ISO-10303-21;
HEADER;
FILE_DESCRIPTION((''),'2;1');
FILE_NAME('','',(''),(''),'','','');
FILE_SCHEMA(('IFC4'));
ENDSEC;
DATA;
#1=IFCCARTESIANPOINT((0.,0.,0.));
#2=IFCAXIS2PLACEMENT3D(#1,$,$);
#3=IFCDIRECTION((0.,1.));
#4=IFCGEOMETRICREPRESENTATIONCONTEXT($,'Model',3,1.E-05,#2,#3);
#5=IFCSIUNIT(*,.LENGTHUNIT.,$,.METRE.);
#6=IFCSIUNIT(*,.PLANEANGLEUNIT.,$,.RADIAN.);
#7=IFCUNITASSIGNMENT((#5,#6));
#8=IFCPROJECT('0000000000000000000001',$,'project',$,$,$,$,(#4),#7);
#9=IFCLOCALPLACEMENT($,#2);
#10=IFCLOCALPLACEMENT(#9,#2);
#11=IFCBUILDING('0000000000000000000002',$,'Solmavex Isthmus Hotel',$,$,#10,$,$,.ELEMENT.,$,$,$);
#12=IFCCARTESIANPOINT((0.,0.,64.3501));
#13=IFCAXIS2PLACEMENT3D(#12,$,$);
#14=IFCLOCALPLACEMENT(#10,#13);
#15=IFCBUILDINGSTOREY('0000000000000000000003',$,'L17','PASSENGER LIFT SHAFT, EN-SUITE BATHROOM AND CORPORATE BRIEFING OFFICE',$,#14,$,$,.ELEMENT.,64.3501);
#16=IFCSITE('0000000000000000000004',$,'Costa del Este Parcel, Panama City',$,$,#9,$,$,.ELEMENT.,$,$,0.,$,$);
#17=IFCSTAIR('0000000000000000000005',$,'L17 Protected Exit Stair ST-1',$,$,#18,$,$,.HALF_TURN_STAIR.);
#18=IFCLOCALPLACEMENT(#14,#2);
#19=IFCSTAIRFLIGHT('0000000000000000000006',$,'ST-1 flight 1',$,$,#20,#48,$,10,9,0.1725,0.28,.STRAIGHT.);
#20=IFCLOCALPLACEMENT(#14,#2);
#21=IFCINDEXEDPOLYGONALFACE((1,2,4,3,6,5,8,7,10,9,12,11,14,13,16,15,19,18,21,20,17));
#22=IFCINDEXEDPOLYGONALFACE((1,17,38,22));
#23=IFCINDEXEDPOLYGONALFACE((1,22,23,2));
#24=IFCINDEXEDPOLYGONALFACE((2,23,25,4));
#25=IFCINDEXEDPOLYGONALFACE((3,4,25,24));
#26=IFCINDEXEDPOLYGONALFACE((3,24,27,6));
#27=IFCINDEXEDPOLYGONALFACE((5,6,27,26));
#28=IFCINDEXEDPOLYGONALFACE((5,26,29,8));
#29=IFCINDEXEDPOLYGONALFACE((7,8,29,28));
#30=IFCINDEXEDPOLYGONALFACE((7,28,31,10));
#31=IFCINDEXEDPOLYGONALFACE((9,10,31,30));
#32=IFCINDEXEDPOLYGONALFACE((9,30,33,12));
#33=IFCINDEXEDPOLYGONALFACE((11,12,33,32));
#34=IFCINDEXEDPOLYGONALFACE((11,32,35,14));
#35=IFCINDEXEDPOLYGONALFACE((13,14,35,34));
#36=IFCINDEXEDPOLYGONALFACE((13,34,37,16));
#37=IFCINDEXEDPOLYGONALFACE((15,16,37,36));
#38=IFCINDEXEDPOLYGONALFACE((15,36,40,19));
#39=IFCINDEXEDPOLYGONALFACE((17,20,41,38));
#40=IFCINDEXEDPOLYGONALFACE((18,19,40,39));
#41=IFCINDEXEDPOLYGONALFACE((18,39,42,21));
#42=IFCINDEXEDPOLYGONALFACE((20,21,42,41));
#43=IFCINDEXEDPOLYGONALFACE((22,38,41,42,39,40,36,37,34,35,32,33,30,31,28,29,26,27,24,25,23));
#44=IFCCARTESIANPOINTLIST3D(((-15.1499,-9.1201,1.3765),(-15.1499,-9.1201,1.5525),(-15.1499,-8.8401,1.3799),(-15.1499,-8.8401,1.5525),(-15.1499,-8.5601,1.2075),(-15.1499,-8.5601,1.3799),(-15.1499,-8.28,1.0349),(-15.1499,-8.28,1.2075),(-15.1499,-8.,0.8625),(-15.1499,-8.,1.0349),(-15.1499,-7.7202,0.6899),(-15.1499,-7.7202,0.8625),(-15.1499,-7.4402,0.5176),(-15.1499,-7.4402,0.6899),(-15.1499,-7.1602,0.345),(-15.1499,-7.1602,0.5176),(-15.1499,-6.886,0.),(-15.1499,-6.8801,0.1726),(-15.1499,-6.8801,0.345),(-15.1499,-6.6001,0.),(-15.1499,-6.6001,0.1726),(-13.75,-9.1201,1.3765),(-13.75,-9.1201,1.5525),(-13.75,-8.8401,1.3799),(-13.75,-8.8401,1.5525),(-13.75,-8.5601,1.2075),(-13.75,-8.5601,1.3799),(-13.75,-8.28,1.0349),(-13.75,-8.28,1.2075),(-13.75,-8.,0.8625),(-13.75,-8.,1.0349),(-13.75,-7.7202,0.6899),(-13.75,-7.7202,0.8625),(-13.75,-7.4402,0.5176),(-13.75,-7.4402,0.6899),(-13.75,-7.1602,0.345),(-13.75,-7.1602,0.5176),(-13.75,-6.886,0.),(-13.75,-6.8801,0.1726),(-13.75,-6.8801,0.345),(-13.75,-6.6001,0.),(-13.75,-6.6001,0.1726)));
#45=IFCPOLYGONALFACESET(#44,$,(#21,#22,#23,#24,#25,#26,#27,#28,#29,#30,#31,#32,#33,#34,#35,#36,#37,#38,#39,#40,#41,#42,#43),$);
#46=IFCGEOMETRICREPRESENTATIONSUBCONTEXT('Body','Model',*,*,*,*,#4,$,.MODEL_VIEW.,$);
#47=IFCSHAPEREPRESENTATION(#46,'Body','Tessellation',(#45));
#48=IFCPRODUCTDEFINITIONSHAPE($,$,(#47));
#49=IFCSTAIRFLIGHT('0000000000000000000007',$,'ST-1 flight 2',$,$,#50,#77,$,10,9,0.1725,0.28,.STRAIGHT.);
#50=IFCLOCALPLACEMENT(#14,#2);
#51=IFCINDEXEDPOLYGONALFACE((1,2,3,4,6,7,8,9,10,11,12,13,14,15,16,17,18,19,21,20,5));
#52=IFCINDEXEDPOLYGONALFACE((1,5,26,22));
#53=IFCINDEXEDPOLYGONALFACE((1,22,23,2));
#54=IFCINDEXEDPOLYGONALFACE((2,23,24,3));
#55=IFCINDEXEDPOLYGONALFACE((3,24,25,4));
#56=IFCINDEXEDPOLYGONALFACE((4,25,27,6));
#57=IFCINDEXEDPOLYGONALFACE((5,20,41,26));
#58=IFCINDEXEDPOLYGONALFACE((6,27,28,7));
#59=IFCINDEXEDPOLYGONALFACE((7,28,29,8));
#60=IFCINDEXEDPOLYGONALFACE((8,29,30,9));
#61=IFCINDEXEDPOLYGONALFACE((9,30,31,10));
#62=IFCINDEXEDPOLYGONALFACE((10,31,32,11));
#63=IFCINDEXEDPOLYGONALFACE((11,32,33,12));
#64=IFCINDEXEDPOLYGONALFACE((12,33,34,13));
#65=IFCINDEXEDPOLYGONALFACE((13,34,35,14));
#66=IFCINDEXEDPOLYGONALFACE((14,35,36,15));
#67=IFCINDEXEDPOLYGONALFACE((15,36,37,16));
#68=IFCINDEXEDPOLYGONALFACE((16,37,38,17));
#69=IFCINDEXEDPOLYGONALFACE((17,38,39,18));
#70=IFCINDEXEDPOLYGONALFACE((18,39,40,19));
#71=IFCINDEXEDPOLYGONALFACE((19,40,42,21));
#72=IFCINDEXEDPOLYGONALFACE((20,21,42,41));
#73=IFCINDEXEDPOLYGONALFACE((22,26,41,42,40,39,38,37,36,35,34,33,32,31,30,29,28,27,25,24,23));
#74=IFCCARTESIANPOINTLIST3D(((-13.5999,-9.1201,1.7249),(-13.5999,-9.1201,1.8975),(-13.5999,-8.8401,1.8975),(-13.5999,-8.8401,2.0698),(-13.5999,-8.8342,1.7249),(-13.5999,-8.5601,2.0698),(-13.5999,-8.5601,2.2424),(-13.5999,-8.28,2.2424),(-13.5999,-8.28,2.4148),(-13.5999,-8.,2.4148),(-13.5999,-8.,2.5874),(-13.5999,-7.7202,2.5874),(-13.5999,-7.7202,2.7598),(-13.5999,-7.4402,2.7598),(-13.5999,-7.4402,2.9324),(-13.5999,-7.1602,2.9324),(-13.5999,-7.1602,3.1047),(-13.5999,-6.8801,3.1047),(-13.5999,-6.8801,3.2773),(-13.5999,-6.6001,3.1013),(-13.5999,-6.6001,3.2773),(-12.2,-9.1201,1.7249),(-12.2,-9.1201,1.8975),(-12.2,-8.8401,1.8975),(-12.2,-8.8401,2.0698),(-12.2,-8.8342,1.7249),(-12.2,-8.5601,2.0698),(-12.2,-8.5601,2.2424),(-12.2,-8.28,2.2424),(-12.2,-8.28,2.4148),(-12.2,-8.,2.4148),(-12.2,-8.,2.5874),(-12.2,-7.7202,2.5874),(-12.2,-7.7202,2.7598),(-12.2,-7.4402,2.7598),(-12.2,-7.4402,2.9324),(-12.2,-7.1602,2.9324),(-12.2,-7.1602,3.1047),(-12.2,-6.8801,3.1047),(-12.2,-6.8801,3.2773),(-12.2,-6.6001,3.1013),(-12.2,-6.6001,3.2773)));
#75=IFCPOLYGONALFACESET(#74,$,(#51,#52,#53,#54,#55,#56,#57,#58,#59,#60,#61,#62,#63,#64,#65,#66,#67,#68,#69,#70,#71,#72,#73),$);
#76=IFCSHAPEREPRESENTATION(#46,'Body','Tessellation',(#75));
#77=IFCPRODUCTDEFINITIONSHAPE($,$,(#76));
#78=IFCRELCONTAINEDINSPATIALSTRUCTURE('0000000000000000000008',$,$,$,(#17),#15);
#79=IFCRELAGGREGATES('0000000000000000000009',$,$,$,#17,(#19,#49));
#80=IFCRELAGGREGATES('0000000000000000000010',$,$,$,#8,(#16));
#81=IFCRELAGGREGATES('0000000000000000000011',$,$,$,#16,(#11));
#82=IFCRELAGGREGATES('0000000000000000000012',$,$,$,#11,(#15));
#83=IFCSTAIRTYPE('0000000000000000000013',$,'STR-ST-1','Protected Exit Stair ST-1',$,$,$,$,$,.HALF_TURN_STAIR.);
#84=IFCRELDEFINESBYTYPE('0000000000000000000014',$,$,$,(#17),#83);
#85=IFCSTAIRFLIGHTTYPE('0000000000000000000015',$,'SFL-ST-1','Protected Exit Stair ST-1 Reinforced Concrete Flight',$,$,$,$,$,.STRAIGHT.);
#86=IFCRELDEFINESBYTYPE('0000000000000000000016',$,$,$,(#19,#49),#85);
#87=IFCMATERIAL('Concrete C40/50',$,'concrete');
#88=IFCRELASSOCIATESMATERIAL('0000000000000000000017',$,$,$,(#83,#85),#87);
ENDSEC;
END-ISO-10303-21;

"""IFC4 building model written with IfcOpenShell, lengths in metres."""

from ifc_helpers import new_model, si_unit, direction, frame, origin, place, context, subcontext, project, spatial, polyline, outline, extrude, material, type_object, element, aggregate, save


model = new_model("IFC4")

# Units and contexts
model_context = context("Model", 3, precision=1e-05, world=origin(), true_north=direction((0.0, 1.0)))
body_context = subcontext(model_context, "Body", "Model", "MODEL_VIEW")
ifc_project = project(units=[si_unit("LENGTHUNIT", "METRE"), si_unit("PLANEANGLEUNIT", "RADIAN")], contexts=[model_context])

# Site, building, storey
site_placement = place(None, origin())
site = spatial("IfcSite", under=ifc_project, at=site_placement, Name="Costa del Este Parcel, Panama City", CompositionType="ELEMENT", RefElevation=0.0)
building_placement = place(site_placement, origin())
building = spatial("IfcBuilding", under=site, at=building_placement, Name="Solmavex Isthmus Hotel", CompositionType="ELEMENT")
storey_placement = place(building_placement, frame((0.0, 0.0, 64.3501)))
storey = spatial("IfcBuildingStorey", under=building, at=storey_placement, Name="L17", Description="PASSENGER LIFT SHAFT, EN-SUITE BATHROOM AND CORPORATE BRIEFING OFFICE", CompositionType="ELEMENT", Elevation=64.3501)

# Shared definitions
ifc_material_1 = material(Name="Concrete C40/50", Category="concrete")

# Stair, stair flights
stair_type = type_object("IfcStairType", Name="STR-ST-1", Description="Protected Exit Stair ST-1", PredefinedType="HALF_TURN_STAIR", material=ifc_material_1)
stair_placement = place(storey_placement, origin())
stair = element("IfcStair", 1, at=stair_placement, inside=storey, type_object=stair_type, Name="L17 Protected Exit Stair ST-1", PredefinedType="HALF_TURN_STAIR")
stair_flight_type = type_object("IfcStairFlightType", Name="SFL-ST-1", Description="Protected Exit Stair ST-1 Reinforced Concrete Flight", PredefinedType="STRAIGHT", material=ifc_material_1)
stair_flight_1_placement = place(storey_placement, frame((-14.45, -6.6001, 0.0), z_axis=(0.0, 0.0, 1.0), x_axis=(0.0, -1.0, 0.0)))
stair_flight_1 = element("IfcStairFlight", 2, at=stair_flight_1_placement, type_object=stair_flight_type, Name="ST-1 flight 1", NumberOfRisers=10, NumberOfTreads=9, PredefinedType="STRAIGHT", RiserHeight=0.1725, TreadLength=0.28, context=body_context, shape_type="SweptSolid", body=[
    extrude(outline(polyline([(0.0, 0.0), (0.0, 0.1726), (0.28, 0.1726), (0.28, 0.345), (0.5601, 0.345), (0.5601, 0.5176), (0.8401, 0.5176), (0.8401, 0.6899), (1.1201, 0.6899), (1.1201, 0.8625), (1.3999, 0.8625), (1.3999, 1.0349), (1.6799, 1.0349), (1.6799, 1.2075), (1.96, 1.2075), (1.96, 1.3799), (2.24, 1.3799), (2.24, 1.5525), (2.52, 1.5525), (2.52, 1.7251), (2.52, 1.3765), (0.2859, 0.0), (0.0, 0.0)])), frame((0.0, 0.7, 0.0), z_axis=(0.0, -1.0, 0.0), x_axis=(1.0, 0.0, 0.0)), (0.0, 0.0, 1.0), 1.3999),
])
stair_flight_2_placement = place(storey_placement, frame((-12.8999, -9.1201, 1.7249), z_axis=(0.0, 0.0, 1.0), x_axis=(0.0, 1.0, 0.0)))
stair_flight_2 = element("IfcStairFlight", 3, at=stair_flight_2_placement, type_object=stair_flight_type, Name="ST-1 flight 2", NumberOfRisers=10, NumberOfTreads=9, PredefinedType="STRAIGHT", RiserHeight=0.1725, TreadLength=0.28, context=body_context, shape_type="SweptSolid", body=[
    extrude(outline(polyline([(0.0, 0.0), (0.0, 0.1726), (0.28, 0.1726), (0.28, 0.345), (0.5601, 0.345), (0.5601, 0.5176), (0.8401, 0.5176), (0.8401, 0.6899), (1.1201, 0.6899), (1.1201, 0.8625), (1.3999, 0.8625), (1.3999, 1.0349), (1.6799, 1.0349), (1.6799, 1.2075), (1.96, 1.2075), (1.96, 1.3799), (2.24, 1.3799), (2.24, 1.5525), (2.52, 1.5525), (2.52, 1.7251), (2.52, 1.3765), (0.2859, 0.0), (0.0, 0.0)])), frame((0.0, 0.7, 0.0), z_axis=(0.0, -1.0, 0.0), x_axis=(1.0, 0.0, 0.0)), (0.0, 0.0, 1.0), 1.3999),
])
aggregate(stair, [stair_flight_1, stair_flight_2])

save(model, "model.ifc")
